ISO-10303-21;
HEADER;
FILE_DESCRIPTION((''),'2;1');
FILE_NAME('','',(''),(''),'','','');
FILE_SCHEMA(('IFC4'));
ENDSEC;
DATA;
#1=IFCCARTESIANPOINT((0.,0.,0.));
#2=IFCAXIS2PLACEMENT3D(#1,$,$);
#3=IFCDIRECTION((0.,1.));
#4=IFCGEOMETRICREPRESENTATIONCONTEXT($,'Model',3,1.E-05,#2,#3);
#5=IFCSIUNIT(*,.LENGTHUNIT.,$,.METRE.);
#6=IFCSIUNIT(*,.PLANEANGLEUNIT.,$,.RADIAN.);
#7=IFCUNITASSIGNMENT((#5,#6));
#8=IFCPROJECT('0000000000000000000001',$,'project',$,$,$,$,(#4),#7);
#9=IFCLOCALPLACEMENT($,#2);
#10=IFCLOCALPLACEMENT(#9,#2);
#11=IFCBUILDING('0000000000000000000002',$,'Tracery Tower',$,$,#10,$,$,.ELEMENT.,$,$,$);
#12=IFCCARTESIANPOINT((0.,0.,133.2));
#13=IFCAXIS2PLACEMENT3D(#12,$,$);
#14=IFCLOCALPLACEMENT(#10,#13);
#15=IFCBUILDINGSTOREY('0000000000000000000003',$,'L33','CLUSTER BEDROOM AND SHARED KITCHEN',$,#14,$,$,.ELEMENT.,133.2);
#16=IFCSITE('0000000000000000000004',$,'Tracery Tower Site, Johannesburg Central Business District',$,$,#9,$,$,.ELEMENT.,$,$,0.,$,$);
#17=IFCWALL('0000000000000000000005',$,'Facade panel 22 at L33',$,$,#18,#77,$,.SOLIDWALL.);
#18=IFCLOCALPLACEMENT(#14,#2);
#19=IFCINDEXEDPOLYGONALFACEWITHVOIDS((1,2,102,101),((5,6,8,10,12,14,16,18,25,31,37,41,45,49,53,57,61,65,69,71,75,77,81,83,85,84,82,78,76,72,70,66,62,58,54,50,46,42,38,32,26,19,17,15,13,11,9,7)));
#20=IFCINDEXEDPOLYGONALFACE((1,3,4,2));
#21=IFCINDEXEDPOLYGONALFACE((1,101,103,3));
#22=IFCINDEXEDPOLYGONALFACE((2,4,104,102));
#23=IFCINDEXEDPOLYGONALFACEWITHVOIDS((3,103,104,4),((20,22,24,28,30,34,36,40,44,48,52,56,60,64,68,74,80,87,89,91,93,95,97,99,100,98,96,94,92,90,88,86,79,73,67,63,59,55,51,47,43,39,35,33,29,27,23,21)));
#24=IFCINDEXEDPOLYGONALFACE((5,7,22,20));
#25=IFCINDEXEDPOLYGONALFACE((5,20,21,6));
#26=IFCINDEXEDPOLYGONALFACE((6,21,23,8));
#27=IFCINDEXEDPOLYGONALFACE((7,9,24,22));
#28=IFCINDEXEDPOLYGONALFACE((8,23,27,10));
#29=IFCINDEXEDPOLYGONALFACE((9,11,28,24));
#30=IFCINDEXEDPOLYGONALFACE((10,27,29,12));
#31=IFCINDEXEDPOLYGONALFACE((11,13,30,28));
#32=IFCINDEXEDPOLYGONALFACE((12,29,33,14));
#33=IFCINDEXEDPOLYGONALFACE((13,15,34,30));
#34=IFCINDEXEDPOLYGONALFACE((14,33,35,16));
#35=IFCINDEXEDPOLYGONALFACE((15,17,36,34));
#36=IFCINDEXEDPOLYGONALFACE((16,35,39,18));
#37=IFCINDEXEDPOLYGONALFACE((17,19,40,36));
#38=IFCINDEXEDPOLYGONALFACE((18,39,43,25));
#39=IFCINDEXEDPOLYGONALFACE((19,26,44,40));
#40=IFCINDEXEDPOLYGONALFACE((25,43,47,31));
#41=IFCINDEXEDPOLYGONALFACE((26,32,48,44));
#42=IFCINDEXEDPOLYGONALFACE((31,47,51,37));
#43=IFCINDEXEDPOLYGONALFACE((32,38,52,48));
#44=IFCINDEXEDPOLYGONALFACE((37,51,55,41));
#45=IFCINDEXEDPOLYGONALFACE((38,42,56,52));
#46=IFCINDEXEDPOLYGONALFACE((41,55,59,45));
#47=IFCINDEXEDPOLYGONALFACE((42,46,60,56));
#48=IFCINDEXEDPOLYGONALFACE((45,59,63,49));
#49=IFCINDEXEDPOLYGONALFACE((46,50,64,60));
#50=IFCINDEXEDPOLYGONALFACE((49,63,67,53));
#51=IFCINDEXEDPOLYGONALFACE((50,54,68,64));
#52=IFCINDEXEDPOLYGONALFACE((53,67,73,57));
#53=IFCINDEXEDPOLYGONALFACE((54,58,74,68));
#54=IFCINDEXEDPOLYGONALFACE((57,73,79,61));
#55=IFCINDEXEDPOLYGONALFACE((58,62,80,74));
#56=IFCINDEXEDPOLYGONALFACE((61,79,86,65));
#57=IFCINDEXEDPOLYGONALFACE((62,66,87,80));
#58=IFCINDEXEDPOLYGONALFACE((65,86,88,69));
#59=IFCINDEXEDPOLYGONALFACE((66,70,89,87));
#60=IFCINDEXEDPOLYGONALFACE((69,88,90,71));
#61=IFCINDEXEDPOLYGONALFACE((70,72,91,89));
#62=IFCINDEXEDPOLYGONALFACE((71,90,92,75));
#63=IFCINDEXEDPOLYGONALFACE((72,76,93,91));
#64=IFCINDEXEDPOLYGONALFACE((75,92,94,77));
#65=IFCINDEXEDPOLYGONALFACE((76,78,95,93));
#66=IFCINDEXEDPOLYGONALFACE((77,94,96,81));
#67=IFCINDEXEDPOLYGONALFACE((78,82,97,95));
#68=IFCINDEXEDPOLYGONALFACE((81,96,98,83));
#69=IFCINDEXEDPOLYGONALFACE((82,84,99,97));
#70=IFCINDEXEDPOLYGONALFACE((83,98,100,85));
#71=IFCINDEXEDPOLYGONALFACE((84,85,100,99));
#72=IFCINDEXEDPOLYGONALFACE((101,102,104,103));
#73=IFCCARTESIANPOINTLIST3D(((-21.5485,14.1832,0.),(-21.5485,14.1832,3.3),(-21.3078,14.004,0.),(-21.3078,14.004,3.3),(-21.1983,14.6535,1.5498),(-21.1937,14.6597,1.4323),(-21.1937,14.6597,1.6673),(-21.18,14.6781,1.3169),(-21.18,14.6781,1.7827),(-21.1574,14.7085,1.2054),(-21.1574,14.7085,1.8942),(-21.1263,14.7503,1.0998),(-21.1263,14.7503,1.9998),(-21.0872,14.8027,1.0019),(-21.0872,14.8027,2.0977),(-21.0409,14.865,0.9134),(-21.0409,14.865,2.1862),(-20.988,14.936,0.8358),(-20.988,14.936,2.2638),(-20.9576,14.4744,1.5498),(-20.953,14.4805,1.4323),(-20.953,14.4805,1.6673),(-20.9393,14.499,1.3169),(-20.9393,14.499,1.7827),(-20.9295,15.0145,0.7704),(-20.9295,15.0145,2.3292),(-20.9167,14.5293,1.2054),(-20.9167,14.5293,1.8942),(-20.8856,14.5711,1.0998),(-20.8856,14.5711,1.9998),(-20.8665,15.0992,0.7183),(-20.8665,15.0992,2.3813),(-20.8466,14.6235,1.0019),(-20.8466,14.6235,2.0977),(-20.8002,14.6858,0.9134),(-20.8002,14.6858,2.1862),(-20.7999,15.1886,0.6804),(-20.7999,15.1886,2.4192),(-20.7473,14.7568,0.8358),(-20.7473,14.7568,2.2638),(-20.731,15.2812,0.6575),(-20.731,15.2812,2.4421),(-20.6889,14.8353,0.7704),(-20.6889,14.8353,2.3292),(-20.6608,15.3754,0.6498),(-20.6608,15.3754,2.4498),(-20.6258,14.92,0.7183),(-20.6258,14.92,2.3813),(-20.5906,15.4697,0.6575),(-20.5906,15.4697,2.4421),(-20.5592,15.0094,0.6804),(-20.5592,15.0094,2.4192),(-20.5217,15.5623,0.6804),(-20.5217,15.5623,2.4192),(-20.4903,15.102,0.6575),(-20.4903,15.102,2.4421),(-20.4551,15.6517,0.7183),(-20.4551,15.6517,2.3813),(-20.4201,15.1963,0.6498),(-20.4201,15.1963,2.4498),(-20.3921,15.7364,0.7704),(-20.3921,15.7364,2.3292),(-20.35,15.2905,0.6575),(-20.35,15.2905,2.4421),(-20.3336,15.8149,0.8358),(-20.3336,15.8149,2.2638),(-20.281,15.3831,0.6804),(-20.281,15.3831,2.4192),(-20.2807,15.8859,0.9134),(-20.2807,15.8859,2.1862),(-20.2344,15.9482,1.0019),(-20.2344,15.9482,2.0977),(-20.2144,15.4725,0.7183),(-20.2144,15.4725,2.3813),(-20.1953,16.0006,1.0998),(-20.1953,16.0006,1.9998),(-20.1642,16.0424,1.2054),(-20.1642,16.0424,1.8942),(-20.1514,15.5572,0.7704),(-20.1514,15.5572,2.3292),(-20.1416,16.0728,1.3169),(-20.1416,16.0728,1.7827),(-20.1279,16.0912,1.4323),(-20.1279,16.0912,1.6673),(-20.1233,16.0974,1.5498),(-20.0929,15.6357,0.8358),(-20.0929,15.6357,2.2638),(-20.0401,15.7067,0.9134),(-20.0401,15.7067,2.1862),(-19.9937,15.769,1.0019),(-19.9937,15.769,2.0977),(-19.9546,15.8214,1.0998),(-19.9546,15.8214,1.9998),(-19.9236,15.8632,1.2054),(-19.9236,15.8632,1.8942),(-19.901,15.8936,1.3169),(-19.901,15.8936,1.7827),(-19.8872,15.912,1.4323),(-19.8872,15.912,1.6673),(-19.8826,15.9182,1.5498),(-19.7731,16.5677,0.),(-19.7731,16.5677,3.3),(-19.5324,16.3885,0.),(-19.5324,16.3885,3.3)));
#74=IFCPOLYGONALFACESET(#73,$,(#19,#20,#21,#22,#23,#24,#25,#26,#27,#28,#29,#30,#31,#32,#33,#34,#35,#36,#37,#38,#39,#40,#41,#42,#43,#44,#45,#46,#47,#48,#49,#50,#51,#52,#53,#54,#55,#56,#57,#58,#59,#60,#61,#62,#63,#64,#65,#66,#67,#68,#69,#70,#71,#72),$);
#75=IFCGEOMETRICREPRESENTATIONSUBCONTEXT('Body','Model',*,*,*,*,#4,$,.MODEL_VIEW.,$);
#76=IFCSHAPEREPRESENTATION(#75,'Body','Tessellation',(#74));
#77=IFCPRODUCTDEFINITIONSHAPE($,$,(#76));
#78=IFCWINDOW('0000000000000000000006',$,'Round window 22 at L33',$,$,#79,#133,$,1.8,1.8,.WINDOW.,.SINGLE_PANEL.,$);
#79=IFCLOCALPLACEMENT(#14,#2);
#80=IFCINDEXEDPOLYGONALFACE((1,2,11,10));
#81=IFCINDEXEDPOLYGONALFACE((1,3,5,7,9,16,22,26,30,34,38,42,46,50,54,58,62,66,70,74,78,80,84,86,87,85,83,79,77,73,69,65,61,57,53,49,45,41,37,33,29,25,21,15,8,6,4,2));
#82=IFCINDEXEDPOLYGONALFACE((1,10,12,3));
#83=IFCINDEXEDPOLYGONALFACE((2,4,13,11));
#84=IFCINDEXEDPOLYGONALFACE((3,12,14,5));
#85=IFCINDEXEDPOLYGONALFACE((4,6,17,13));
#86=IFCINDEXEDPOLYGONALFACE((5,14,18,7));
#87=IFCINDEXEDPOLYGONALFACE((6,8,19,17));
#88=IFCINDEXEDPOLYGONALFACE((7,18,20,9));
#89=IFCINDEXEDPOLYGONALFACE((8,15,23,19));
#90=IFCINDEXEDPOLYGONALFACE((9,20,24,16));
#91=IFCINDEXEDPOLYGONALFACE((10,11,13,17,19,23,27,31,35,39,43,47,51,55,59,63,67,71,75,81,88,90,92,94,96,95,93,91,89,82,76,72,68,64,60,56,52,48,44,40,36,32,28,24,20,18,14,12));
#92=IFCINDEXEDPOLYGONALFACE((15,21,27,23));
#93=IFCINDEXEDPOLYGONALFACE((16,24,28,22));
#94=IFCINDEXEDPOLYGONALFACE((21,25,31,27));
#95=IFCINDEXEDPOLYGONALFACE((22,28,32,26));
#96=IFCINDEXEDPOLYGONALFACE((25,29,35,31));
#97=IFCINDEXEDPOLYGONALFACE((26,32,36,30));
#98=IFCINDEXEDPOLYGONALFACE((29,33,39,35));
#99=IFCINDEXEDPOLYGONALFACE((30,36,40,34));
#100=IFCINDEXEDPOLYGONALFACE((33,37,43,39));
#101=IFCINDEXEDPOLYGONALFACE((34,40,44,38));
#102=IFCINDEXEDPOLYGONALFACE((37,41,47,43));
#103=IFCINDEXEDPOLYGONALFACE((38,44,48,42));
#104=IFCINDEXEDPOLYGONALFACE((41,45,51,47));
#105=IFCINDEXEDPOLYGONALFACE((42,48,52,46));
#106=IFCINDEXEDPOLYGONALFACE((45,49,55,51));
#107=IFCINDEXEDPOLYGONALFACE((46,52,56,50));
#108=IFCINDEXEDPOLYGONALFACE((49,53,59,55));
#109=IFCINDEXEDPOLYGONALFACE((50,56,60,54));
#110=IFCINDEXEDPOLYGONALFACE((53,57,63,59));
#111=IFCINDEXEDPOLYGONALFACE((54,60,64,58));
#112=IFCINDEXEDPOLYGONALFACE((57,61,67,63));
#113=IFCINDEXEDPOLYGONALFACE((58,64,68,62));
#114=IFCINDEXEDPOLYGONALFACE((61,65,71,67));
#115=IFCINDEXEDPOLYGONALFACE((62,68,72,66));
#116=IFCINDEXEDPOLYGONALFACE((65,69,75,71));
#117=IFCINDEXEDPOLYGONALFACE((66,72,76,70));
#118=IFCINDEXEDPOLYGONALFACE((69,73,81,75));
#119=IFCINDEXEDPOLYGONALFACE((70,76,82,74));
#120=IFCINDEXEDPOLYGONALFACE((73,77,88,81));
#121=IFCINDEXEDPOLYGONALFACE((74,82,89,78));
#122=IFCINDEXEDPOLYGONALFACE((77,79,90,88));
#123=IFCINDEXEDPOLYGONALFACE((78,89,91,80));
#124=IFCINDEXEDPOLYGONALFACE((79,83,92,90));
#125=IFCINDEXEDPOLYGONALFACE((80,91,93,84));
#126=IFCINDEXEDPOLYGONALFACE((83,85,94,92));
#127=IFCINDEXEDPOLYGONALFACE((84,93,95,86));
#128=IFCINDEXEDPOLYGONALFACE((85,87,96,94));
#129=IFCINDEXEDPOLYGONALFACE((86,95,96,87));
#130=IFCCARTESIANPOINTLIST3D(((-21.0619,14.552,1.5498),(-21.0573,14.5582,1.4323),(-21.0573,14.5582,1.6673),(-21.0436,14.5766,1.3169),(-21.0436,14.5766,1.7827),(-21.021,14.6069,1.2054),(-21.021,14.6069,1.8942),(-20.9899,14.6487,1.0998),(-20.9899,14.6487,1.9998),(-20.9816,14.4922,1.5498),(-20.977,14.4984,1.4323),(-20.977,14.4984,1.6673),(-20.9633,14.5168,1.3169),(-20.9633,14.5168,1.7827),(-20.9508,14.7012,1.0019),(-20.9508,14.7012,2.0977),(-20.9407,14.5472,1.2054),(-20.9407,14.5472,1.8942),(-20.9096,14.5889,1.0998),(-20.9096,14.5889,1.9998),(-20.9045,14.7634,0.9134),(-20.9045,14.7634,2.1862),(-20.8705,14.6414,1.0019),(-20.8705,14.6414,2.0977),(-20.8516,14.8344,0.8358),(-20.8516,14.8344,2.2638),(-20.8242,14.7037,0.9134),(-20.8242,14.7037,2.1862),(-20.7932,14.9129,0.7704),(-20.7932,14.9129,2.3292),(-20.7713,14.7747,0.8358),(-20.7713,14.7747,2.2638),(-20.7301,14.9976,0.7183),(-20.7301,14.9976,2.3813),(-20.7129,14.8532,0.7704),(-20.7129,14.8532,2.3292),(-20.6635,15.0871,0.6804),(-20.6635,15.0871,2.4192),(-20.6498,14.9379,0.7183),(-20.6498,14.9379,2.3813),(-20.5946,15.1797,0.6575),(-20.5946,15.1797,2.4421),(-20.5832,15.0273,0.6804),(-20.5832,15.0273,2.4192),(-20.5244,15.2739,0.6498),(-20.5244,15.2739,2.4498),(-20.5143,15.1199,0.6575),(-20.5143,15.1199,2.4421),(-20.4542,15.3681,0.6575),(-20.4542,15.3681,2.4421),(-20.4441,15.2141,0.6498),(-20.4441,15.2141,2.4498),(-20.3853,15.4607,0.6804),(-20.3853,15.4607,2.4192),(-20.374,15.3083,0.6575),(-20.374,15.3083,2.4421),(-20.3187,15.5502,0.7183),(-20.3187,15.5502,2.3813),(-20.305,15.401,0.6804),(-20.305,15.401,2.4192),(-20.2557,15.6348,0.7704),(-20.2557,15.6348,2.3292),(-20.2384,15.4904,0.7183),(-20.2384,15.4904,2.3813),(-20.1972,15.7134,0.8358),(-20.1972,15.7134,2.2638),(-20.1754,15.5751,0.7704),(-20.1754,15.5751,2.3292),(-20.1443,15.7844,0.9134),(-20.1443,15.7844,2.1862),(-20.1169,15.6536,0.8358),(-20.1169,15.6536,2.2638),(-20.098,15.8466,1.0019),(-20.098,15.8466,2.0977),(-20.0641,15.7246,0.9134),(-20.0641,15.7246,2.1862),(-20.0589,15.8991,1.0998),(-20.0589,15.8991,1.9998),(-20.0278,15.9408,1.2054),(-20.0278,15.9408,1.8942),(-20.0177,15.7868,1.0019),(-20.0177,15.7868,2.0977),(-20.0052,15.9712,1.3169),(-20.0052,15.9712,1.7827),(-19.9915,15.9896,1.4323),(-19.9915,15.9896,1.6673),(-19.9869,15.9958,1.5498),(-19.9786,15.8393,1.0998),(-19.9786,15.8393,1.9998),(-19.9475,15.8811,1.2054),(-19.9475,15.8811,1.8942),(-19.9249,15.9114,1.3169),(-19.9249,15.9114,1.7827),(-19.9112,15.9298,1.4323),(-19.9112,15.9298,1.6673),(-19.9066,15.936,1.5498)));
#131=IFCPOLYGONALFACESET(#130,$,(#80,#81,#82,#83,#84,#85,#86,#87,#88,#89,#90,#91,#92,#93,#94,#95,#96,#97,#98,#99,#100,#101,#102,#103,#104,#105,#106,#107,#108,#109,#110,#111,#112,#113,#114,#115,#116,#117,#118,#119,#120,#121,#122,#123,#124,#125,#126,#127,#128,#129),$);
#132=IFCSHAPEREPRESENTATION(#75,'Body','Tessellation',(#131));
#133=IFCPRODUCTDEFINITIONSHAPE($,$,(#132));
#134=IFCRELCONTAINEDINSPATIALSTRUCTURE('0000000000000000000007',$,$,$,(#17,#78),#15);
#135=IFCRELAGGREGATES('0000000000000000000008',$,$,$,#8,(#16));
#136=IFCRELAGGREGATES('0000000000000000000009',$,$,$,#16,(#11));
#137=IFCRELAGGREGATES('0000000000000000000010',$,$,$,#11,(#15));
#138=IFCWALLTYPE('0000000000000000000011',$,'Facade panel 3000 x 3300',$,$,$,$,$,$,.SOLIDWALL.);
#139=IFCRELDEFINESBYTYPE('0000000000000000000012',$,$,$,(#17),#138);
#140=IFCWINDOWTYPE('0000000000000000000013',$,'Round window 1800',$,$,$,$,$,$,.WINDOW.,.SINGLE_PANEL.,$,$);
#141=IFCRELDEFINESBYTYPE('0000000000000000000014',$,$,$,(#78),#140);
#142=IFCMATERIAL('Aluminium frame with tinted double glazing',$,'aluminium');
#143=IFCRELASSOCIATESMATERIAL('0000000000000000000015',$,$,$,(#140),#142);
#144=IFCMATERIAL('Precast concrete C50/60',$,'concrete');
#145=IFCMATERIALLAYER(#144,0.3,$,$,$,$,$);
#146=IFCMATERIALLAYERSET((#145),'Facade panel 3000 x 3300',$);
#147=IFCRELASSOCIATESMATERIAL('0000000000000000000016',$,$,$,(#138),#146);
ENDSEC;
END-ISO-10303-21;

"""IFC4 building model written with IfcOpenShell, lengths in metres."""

from ifc_helpers import new_model, si_unit, direction, frame, frame_2d, origin, origin_2d, place, context, subcontext, project, spatial, rectangle, circle, extrude, material, layer, layer_set, type_object, element, fill, save


model = new_model("IFC4")

# Units and contexts
model_context = context("Model", 3, precision=1e-05, world=origin(), true_north=direction((0.0, 1.0)))
body_context = subcontext(model_context, "Body", "Model", "MODEL_VIEW")
ifc_project = project(units=[si_unit("LENGTHUNIT", "METRE"), si_unit("PLANEANGLEUNIT", "RADIAN")], contexts=[model_context])

# Site, building, storey
site_placement = place(None, origin())
site = spatial("IfcSite", under=ifc_project, at=site_placement, Name="Tracery Tower Site, Johannesburg Central Business District", CompositionType="ELEMENT", RefElevation=0.0)
building_placement = place(site_placement, origin())
building = spatial("IfcBuilding", under=site, at=building_placement, Name="Tracery Tower", CompositionType="ELEMENT")
storey_placement = place(building_placement, frame((0.0, 0.0, 133.2)))
storey = spatial("IfcBuildingStorey", under=building, at=storey_placement, Name="L33", Description="CLUSTER BEDROOM AND SHARED KITCHEN", CompositionType="ELEMENT", Elevation=133.2)

# Wall, opening, window
ifc_material_1 = material(Name="Aluminium frame with tinted double glazing", Category="aluminium")
window_type = type_object("IfcWindowType", Name="Round window 1800", PartitioningType="SINGLE_PANEL", PredefinedType="WINDOW", material=ifc_material_1)
ifc_material_2 = material(Name="Precast concrete C50/60", Category="concrete")
ifc_layer_1 = layer(ifc_material_2, 0.3)
ifc_layer_set_1 = layer_set([ifc_layer_1], Name="Facade panel 3000 x 3300")
wall_type_1 = type_object("IfcWallType", Name="Facade panel 3000 x 3300", PredefinedType="SOLIDWALL", material=ifc_layer_set_1)
wall_1_placement = place(storey_placement, frame((-19.6528, 16.478, 0.0), z_axis=(0.0, 0.0, 1.0), x_axis=(-0.597198, -0.802094, 0.0)))
wall_1 = element("IfcWall", 1, at=wall_1_placement, inside=storey, type_object=wall_type_1, Name="Facade panel 22 at L33", PredefinedType="SOLIDWALL", context=body_context, shape_type="SweptSolid", body=[
    extrude(rectangle(XDim=2.9729, YDim=0.3, at=frame_2d((1.4863, 0.0))), origin(), (0.0, 0.0, 1.0), 3.3),
])
opening_1_placement = place(wall_1_placement, frame((1.4863, 0.0, 1.5498)))
opening_1 = element("IfcOpeningElement", 2, at=opening_1_placement, cuts=wall_1, PredefinedType="OPENING", context=body_context, shape_type="SweptSolid", body=[
    extrude(circle(Radius=0.9, at=origin_2d()), frame((0.0, 0.1599, 0.0), z_axis=(0.0, -1.0, 0.0), x_axis=(1.0, 0.0, 0.0)), (0.0, 0.0, 1.0), 0.3201),
])
window_1_placement = place(opening_1_placement, origin())
window_1 = element("IfcWindow", 3, at=window_1_placement, inside=storey, type_object=window_type, Name="Round window 22 at L33", OverallHeight=1.8, OverallWidth=1.8, PartitioningType="SINGLE_PANEL", PredefinedType="WINDOW", context=body_context, shape_type="SweptSolid", body=[
    extrude(circle(Radius=0.9, at=origin_2d()), frame((0.0, 0.1201, 0.0), z_axis=(0.0, -1.0, 0.0), x_axis=(1.0, 0.0, 0.0)), (0.0, 0.0, 1.0), 0.1001),
])
fill(opening_1, window_1)

save(model, "model.ifc")
